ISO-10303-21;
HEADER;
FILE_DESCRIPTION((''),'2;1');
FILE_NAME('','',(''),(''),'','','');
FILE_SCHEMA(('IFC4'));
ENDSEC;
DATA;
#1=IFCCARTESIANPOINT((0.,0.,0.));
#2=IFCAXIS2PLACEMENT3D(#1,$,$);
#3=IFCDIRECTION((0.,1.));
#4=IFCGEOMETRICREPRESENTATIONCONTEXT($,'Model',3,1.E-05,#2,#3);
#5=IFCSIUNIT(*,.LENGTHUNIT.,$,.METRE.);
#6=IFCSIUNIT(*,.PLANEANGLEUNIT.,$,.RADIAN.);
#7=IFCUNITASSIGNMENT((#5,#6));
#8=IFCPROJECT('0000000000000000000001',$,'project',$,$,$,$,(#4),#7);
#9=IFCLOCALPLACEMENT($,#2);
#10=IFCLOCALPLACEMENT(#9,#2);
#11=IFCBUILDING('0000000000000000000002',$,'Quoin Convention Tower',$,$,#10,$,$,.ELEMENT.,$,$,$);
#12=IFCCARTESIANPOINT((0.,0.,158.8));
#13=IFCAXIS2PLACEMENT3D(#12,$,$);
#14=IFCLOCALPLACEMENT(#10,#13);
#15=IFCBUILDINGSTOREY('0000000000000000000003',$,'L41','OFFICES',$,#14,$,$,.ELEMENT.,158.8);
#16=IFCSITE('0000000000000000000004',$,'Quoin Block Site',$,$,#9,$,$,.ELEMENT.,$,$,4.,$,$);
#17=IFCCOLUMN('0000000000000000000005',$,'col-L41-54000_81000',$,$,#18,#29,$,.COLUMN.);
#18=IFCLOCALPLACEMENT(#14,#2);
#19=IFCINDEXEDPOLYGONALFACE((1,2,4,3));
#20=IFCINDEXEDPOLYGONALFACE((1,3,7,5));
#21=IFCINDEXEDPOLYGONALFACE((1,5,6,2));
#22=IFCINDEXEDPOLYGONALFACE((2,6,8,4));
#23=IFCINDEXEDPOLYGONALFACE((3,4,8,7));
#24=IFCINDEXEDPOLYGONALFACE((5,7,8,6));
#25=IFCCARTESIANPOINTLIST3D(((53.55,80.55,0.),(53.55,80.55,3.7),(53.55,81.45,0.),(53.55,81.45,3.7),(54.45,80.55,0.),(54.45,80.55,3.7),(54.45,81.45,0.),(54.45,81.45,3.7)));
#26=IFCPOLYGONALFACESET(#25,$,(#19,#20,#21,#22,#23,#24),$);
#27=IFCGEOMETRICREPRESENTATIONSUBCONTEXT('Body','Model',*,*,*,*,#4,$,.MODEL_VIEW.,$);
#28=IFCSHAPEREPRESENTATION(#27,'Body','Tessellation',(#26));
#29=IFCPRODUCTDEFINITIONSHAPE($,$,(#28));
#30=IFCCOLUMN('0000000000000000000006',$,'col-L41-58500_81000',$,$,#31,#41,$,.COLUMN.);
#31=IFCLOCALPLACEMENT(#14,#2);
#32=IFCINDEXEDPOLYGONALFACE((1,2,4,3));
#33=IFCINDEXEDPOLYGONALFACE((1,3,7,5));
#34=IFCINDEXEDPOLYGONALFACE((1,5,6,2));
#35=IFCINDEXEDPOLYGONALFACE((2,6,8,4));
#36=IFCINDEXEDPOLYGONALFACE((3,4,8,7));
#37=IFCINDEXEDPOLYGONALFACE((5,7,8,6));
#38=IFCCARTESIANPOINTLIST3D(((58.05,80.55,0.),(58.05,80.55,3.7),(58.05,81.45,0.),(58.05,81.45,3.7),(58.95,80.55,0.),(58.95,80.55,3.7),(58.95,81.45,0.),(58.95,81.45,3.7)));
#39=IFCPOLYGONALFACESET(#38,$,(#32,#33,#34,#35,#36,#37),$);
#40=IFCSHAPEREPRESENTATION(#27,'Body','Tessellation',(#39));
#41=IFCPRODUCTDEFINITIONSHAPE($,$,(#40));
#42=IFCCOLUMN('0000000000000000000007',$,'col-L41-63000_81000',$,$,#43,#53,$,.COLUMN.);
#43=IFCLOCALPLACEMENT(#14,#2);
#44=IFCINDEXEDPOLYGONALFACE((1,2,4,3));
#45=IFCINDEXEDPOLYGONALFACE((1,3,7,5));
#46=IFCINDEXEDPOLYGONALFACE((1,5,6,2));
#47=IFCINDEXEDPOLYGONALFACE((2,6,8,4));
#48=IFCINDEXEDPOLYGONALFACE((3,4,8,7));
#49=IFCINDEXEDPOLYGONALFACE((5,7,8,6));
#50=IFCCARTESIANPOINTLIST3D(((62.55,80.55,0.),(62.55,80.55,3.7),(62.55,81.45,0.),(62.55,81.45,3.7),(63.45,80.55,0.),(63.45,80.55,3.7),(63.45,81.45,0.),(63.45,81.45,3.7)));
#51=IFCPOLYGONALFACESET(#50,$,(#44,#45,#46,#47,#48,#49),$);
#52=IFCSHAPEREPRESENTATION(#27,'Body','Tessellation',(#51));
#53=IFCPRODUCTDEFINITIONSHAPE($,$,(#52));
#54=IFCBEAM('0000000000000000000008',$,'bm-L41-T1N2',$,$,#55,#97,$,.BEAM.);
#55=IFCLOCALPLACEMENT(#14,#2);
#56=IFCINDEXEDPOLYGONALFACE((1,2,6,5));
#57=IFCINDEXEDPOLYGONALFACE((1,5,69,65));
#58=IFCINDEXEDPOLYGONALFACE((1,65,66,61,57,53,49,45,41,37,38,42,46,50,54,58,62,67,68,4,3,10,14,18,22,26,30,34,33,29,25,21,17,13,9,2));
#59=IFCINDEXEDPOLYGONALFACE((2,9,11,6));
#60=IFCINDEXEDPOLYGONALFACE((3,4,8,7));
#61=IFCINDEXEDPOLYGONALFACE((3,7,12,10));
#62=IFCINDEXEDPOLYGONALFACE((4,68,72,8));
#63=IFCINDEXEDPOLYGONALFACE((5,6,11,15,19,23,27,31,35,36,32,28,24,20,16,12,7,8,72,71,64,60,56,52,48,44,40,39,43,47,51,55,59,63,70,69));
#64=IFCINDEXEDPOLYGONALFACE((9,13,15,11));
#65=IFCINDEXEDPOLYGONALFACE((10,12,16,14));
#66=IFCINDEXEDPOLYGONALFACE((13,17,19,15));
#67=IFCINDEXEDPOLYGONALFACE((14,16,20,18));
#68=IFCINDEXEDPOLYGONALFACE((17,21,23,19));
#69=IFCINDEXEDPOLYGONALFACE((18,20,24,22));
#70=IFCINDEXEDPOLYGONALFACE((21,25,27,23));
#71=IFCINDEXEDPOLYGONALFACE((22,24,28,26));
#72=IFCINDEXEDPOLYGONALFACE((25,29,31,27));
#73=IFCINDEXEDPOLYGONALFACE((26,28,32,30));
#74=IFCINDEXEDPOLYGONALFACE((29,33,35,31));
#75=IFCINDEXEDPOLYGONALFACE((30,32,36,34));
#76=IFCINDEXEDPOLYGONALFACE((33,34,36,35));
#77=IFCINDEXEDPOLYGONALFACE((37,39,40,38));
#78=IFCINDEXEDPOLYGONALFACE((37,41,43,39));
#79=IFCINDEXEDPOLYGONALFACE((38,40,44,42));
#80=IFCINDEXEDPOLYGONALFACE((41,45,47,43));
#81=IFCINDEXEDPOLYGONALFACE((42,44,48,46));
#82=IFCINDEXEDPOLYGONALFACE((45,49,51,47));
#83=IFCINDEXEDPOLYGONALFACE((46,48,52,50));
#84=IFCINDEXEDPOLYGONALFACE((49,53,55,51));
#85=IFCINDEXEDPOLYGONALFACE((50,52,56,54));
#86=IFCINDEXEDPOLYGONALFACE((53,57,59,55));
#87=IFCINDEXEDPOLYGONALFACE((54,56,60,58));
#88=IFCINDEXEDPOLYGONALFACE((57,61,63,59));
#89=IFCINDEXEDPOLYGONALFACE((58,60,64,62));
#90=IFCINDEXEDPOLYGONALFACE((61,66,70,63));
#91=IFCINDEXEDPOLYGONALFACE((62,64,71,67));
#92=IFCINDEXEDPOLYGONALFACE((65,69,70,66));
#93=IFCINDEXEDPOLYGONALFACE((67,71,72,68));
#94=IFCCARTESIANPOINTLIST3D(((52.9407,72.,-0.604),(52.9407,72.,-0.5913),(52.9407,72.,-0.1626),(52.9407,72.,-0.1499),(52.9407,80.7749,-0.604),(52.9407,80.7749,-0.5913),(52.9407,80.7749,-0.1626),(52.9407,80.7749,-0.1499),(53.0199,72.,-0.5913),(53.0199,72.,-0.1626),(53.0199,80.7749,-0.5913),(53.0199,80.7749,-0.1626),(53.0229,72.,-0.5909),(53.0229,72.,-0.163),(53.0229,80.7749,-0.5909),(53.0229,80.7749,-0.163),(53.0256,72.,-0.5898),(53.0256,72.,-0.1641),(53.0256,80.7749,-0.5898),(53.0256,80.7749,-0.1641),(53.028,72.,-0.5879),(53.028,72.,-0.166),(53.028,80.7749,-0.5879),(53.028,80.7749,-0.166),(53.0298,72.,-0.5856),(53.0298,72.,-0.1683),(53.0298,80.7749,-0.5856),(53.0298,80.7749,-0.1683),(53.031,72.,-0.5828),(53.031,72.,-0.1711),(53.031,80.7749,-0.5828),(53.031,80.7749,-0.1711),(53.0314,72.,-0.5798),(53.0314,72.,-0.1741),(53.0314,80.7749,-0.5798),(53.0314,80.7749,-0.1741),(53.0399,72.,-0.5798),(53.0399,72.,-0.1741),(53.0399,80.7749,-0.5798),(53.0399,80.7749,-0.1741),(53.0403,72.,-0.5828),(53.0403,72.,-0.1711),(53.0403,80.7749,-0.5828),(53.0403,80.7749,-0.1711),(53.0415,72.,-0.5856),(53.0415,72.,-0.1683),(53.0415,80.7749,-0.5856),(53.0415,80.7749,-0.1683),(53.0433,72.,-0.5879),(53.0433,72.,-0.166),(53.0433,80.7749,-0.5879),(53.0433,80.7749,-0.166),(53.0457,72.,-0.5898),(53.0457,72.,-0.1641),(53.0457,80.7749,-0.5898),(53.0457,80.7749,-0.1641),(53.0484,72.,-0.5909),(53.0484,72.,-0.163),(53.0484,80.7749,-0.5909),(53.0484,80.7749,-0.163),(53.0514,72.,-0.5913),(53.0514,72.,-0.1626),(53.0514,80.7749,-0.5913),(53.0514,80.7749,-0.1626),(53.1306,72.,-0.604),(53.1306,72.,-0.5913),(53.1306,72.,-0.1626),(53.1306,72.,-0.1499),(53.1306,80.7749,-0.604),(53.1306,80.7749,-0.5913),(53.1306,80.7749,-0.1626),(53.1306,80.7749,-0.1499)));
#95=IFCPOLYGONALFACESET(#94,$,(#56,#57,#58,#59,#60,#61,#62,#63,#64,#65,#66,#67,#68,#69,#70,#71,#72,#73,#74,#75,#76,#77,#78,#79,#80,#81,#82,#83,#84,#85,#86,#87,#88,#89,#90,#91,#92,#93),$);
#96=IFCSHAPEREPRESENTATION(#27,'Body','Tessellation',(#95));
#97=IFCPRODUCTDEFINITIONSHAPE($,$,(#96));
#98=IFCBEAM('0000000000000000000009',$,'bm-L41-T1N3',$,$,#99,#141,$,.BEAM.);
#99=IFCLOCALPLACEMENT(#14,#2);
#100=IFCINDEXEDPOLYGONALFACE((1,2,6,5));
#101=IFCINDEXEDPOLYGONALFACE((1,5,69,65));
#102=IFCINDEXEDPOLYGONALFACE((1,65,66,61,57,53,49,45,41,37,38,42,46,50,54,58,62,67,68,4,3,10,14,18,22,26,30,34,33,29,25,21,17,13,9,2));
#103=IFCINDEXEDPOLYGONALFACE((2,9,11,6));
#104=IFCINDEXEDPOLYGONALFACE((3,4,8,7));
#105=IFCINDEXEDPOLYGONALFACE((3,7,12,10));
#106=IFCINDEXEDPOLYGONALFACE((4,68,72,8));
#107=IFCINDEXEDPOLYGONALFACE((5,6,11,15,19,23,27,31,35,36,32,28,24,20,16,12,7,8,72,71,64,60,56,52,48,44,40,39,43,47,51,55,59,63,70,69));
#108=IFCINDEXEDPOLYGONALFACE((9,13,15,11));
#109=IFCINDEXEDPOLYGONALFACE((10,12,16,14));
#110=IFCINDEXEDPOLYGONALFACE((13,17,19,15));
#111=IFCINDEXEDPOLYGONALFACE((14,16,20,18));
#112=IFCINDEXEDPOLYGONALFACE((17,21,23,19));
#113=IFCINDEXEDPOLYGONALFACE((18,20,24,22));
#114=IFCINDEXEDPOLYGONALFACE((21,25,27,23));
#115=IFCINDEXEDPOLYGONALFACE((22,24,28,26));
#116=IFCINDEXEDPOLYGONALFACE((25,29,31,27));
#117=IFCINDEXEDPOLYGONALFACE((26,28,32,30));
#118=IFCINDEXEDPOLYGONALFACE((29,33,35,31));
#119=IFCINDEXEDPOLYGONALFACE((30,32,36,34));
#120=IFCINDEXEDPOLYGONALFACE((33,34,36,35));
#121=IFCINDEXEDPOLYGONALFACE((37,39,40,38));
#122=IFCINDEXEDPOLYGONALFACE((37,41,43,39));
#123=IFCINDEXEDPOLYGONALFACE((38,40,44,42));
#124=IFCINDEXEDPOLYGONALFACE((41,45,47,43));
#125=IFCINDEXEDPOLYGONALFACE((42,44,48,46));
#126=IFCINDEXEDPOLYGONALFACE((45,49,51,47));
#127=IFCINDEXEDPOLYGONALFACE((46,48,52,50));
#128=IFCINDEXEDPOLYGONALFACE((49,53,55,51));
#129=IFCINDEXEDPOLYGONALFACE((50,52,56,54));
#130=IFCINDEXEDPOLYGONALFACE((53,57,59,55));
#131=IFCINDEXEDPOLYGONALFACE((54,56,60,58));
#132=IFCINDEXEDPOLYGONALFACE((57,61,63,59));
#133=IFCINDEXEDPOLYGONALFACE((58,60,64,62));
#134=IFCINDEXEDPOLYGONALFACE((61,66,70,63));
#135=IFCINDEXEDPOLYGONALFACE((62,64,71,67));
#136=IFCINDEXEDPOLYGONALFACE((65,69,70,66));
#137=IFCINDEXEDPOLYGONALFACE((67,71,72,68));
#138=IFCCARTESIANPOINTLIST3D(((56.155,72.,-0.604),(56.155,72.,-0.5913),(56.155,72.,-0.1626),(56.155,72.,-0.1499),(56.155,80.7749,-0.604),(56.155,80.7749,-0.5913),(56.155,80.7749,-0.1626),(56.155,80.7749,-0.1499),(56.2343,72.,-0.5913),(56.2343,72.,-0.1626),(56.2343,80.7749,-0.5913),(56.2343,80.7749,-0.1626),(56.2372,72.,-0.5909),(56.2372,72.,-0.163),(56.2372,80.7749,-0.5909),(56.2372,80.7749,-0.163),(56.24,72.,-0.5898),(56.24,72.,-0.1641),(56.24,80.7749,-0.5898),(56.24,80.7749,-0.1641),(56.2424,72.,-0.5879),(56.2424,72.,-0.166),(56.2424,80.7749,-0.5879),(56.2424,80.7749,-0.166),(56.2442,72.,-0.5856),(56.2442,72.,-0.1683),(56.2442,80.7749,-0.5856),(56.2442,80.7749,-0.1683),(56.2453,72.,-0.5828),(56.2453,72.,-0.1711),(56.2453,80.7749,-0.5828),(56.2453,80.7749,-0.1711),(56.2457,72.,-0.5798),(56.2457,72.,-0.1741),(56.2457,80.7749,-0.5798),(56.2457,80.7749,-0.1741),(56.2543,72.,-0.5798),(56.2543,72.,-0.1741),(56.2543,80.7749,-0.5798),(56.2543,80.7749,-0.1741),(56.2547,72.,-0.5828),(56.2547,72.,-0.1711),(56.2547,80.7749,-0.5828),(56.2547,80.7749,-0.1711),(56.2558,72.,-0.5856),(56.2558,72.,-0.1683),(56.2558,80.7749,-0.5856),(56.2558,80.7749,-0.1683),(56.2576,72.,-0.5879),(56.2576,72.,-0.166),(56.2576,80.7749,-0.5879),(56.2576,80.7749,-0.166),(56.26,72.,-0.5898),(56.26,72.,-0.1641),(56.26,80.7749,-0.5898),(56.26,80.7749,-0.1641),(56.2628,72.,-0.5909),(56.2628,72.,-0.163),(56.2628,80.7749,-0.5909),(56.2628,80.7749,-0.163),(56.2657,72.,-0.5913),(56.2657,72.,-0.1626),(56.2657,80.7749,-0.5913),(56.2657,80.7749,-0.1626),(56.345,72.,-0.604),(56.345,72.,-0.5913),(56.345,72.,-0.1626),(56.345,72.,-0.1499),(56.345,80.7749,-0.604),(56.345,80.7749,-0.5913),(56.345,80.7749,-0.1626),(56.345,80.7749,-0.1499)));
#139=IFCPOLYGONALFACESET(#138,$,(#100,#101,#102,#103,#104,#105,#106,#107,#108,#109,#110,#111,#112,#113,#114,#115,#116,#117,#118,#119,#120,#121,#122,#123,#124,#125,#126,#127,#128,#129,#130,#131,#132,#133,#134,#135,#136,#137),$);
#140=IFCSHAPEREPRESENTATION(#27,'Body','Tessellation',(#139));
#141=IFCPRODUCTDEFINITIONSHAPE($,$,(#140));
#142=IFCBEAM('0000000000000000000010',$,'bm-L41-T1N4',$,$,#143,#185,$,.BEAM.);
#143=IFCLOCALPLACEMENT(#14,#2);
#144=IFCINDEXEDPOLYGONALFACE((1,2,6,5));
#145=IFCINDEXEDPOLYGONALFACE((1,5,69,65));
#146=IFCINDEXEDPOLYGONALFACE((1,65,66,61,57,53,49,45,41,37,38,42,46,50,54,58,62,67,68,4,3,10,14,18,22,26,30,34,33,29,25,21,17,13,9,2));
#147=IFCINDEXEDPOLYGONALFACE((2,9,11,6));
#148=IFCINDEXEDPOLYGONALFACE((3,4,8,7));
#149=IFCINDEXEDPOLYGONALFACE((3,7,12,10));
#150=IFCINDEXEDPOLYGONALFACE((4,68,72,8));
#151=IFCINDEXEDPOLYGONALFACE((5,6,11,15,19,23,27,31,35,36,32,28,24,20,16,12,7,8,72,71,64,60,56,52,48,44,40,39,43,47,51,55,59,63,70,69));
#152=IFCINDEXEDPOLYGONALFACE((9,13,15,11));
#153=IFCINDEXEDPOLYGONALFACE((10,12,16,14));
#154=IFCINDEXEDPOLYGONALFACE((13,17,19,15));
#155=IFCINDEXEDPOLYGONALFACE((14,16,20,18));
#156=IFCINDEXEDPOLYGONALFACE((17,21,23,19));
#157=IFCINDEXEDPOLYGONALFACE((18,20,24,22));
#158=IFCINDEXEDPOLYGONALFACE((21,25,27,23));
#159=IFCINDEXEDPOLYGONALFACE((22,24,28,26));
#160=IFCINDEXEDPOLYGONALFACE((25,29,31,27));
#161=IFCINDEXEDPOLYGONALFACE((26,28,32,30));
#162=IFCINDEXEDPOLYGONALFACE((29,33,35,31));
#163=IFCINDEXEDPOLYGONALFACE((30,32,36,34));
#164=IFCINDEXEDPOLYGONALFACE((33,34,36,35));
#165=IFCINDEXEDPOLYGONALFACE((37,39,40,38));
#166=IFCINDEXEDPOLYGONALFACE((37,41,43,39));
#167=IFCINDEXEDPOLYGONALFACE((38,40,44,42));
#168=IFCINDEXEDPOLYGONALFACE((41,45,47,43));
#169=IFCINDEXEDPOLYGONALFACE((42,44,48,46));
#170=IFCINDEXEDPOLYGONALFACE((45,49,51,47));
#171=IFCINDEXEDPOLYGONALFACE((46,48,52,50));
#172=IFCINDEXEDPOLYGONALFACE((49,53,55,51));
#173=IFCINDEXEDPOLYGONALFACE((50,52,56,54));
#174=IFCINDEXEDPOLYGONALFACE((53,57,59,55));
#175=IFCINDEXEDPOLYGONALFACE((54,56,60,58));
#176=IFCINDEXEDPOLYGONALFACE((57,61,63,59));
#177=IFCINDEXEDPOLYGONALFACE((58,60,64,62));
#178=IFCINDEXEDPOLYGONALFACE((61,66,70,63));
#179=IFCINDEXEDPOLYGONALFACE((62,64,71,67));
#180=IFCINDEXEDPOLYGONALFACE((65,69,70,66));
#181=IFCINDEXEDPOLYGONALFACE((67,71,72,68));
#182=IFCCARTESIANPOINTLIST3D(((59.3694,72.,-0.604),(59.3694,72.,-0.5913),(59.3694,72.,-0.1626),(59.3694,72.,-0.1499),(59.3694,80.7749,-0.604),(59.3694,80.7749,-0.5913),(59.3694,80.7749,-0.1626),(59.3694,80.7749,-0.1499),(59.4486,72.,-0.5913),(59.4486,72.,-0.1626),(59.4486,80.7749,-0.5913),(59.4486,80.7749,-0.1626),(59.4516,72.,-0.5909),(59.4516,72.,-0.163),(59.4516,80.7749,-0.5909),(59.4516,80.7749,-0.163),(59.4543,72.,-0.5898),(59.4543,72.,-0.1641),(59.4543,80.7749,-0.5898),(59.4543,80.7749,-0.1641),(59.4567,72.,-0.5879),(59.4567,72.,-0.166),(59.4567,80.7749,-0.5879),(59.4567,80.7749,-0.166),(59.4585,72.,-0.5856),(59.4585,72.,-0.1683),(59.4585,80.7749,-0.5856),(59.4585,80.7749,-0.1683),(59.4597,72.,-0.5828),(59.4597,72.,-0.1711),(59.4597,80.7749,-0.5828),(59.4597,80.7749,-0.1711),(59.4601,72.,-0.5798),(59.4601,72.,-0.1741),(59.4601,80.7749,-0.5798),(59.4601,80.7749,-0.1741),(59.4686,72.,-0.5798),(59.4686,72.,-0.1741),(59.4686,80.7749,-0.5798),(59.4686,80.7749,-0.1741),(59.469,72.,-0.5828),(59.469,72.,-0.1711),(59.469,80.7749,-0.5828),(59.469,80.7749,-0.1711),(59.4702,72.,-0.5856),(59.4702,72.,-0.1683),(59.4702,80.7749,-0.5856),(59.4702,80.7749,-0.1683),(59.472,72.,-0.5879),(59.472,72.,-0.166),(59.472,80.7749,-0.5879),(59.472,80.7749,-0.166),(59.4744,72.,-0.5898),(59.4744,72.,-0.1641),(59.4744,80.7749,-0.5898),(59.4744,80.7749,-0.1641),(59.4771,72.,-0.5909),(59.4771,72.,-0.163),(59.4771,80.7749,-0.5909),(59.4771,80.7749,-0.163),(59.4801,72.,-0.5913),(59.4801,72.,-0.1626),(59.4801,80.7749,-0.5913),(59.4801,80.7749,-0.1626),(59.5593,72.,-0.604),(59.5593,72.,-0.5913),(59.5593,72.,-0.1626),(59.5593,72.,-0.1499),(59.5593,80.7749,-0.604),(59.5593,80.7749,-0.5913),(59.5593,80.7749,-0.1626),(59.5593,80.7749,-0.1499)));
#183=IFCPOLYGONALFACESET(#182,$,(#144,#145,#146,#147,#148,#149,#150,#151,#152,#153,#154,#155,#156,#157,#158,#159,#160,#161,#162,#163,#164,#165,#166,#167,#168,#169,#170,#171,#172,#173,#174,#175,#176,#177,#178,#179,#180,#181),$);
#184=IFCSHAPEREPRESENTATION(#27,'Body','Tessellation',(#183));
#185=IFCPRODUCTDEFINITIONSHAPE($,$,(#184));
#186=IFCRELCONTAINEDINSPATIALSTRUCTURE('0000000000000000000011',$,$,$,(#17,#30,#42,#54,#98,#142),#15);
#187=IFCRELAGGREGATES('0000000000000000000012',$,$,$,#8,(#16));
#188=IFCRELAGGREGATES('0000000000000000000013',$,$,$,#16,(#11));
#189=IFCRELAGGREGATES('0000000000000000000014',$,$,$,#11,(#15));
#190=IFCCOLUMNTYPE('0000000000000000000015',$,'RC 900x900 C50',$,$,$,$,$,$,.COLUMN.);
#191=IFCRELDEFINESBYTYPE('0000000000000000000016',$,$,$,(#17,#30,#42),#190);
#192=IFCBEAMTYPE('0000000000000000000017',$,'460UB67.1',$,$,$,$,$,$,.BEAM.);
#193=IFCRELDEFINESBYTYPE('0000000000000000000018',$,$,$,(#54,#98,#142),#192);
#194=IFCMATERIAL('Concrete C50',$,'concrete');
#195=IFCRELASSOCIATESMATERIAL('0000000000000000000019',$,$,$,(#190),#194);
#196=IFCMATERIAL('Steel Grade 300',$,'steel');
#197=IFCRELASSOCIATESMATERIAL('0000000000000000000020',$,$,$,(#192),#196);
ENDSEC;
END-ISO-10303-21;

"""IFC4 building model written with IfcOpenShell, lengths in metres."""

from ifc_helpers import new_model, si_unit, direction, frame, origin, origin_2d, place, context, subcontext, project, spatial, rectangle, i_section, extrude, material, material_profile, profile_set, type_object, element, save


model = new_model("IFC4")

# Units and contexts
model_context = context("Model", 3, precision=1e-05, world=origin(), true_north=direction((0.0, 1.0)))
body_context = subcontext(model_context, "Body", "Model", "MODEL_VIEW")
ifc_project = project(units=[si_unit("LENGTHUNIT", "METRE"), si_unit("PLANEANGLEUNIT", "RADIAN")], contexts=[model_context])

# Site, building, storey
site_placement = place(None, origin())
site = spatial("IfcSite", under=ifc_project, at=site_placement, Name="Quoin Block Site", CompositionType="ELEMENT", RefElevation=4.0)
building_placement = place(site_placement, origin())
building = spatial("IfcBuilding", under=site, at=building_placement, Name="Quoin Convention Tower", CompositionType="ELEMENT")
storey_placement = place(building_placement, frame((0.0, 0.0, 158.8)))
storey = spatial("IfcBuildingStorey", under=building, at=storey_placement, Name="L41", Description="OFFICES", CompositionType="ELEMENT", Elevation=158.8)

# Columns
ifc_material_1 = material(Name="Concrete C50", Category="concrete")
ifc_material_profile_1 = material_profile(ifc_material_1, rectangle(XDim=0.8999, YDim=0.8999, at=origin_2d()), Name="RC 900x900")
ifc_profile_set_1 = profile_set([ifc_material_profile_1], Name="Concrete C50")
column_type = type_object("IfcColumnType", Name="RC 900x900 C50", PredefinedType="COLUMN", material=ifc_profile_set_1)
for number, where, z_axis, x_axis, name in (
    (1, (54.0, 81.0, 0.0), (0.0, 0.0, 1.0), (1.0, 0.0, 0.0), "col-L41-54000_81000"),
    (2, (58.5, 81.0, 0.0), (0.0, 0.0, 1.0), (1.0, 0.0, 0.0), "col-L41-58500_81000"),
    (3, (63.0, 81.0, 0.0), (0.0, 0.0, 1.0), (1.0, 0.0, 0.0), "col-L41-63000_81000"),
):
    element("IfcColumn", number, at=place(storey_placement, frame(where, z_axis=z_axis, x_axis=x_axis)), inside=storey, type_object=column_type, Name=name, PredefinedType="COLUMN", context=body_context, shape_type="SweptSolid", body=[
        extrude(rectangle(XDim=0.8999, YDim=0.8999, at=origin_2d()), origin(), (0.0, 0.0, 1.0), 3.7),
    ])

# Beams
ifc_material_2 = material(Name="Steel Grade 300", Category="steel")
ifc_material_profile_2 = material_profile(ifc_material_2, i_section(OverallWidth=0.1899, OverallDepth=0.4541, WebThickness=0.0085, FlangeThickness=0.0127, FilletRadius=0.0115, at=origin_2d()), Name="460UB67.1")
ifc_profile_set_2 = profile_set([ifc_material_profile_2], Name="Steel Grade 300")
beam_type_1 = type_object("IfcBeamType", Name="460UB67.1", PredefinedType="BEAM", material=ifc_profile_set_2)
for number, where, z_axis, x_axis, name in (
    (4, (53.0356, 72.0, -0.377), (0.0, 1.0, 0.0), (-1.0, 0.0, 0.0), "bm-L41-T1N2"),
    (5, (56.25, 72.0, -0.377), (0.0, 1.0, 0.0), (-1.0, 0.0, 0.0), "bm-L41-T1N3"),
    (6, (59.4644, 72.0, -0.377), (0.0, 1.0, 0.0), (-1.0, 0.0, 0.0), "bm-L41-T1N4"),
):
    element("IfcBeam", number, at=place(storey_placement, frame(where, z_axis=z_axis, x_axis=x_axis)), inside=storey, type_object=beam_type_1, Name=name, PredefinedType="BEAM", context=body_context, shape_type="SweptSolid", body=[
        extrude(i_section(OverallWidth=0.1899, OverallDepth=0.4541, WebThickness=0.0085, FlangeThickness=0.0127, FilletRadius=0.0115, at=origin_2d()), origin(), (0.0, 0.0, 1.0), 8.7749),
    ])

save(model, "model.ifc")
